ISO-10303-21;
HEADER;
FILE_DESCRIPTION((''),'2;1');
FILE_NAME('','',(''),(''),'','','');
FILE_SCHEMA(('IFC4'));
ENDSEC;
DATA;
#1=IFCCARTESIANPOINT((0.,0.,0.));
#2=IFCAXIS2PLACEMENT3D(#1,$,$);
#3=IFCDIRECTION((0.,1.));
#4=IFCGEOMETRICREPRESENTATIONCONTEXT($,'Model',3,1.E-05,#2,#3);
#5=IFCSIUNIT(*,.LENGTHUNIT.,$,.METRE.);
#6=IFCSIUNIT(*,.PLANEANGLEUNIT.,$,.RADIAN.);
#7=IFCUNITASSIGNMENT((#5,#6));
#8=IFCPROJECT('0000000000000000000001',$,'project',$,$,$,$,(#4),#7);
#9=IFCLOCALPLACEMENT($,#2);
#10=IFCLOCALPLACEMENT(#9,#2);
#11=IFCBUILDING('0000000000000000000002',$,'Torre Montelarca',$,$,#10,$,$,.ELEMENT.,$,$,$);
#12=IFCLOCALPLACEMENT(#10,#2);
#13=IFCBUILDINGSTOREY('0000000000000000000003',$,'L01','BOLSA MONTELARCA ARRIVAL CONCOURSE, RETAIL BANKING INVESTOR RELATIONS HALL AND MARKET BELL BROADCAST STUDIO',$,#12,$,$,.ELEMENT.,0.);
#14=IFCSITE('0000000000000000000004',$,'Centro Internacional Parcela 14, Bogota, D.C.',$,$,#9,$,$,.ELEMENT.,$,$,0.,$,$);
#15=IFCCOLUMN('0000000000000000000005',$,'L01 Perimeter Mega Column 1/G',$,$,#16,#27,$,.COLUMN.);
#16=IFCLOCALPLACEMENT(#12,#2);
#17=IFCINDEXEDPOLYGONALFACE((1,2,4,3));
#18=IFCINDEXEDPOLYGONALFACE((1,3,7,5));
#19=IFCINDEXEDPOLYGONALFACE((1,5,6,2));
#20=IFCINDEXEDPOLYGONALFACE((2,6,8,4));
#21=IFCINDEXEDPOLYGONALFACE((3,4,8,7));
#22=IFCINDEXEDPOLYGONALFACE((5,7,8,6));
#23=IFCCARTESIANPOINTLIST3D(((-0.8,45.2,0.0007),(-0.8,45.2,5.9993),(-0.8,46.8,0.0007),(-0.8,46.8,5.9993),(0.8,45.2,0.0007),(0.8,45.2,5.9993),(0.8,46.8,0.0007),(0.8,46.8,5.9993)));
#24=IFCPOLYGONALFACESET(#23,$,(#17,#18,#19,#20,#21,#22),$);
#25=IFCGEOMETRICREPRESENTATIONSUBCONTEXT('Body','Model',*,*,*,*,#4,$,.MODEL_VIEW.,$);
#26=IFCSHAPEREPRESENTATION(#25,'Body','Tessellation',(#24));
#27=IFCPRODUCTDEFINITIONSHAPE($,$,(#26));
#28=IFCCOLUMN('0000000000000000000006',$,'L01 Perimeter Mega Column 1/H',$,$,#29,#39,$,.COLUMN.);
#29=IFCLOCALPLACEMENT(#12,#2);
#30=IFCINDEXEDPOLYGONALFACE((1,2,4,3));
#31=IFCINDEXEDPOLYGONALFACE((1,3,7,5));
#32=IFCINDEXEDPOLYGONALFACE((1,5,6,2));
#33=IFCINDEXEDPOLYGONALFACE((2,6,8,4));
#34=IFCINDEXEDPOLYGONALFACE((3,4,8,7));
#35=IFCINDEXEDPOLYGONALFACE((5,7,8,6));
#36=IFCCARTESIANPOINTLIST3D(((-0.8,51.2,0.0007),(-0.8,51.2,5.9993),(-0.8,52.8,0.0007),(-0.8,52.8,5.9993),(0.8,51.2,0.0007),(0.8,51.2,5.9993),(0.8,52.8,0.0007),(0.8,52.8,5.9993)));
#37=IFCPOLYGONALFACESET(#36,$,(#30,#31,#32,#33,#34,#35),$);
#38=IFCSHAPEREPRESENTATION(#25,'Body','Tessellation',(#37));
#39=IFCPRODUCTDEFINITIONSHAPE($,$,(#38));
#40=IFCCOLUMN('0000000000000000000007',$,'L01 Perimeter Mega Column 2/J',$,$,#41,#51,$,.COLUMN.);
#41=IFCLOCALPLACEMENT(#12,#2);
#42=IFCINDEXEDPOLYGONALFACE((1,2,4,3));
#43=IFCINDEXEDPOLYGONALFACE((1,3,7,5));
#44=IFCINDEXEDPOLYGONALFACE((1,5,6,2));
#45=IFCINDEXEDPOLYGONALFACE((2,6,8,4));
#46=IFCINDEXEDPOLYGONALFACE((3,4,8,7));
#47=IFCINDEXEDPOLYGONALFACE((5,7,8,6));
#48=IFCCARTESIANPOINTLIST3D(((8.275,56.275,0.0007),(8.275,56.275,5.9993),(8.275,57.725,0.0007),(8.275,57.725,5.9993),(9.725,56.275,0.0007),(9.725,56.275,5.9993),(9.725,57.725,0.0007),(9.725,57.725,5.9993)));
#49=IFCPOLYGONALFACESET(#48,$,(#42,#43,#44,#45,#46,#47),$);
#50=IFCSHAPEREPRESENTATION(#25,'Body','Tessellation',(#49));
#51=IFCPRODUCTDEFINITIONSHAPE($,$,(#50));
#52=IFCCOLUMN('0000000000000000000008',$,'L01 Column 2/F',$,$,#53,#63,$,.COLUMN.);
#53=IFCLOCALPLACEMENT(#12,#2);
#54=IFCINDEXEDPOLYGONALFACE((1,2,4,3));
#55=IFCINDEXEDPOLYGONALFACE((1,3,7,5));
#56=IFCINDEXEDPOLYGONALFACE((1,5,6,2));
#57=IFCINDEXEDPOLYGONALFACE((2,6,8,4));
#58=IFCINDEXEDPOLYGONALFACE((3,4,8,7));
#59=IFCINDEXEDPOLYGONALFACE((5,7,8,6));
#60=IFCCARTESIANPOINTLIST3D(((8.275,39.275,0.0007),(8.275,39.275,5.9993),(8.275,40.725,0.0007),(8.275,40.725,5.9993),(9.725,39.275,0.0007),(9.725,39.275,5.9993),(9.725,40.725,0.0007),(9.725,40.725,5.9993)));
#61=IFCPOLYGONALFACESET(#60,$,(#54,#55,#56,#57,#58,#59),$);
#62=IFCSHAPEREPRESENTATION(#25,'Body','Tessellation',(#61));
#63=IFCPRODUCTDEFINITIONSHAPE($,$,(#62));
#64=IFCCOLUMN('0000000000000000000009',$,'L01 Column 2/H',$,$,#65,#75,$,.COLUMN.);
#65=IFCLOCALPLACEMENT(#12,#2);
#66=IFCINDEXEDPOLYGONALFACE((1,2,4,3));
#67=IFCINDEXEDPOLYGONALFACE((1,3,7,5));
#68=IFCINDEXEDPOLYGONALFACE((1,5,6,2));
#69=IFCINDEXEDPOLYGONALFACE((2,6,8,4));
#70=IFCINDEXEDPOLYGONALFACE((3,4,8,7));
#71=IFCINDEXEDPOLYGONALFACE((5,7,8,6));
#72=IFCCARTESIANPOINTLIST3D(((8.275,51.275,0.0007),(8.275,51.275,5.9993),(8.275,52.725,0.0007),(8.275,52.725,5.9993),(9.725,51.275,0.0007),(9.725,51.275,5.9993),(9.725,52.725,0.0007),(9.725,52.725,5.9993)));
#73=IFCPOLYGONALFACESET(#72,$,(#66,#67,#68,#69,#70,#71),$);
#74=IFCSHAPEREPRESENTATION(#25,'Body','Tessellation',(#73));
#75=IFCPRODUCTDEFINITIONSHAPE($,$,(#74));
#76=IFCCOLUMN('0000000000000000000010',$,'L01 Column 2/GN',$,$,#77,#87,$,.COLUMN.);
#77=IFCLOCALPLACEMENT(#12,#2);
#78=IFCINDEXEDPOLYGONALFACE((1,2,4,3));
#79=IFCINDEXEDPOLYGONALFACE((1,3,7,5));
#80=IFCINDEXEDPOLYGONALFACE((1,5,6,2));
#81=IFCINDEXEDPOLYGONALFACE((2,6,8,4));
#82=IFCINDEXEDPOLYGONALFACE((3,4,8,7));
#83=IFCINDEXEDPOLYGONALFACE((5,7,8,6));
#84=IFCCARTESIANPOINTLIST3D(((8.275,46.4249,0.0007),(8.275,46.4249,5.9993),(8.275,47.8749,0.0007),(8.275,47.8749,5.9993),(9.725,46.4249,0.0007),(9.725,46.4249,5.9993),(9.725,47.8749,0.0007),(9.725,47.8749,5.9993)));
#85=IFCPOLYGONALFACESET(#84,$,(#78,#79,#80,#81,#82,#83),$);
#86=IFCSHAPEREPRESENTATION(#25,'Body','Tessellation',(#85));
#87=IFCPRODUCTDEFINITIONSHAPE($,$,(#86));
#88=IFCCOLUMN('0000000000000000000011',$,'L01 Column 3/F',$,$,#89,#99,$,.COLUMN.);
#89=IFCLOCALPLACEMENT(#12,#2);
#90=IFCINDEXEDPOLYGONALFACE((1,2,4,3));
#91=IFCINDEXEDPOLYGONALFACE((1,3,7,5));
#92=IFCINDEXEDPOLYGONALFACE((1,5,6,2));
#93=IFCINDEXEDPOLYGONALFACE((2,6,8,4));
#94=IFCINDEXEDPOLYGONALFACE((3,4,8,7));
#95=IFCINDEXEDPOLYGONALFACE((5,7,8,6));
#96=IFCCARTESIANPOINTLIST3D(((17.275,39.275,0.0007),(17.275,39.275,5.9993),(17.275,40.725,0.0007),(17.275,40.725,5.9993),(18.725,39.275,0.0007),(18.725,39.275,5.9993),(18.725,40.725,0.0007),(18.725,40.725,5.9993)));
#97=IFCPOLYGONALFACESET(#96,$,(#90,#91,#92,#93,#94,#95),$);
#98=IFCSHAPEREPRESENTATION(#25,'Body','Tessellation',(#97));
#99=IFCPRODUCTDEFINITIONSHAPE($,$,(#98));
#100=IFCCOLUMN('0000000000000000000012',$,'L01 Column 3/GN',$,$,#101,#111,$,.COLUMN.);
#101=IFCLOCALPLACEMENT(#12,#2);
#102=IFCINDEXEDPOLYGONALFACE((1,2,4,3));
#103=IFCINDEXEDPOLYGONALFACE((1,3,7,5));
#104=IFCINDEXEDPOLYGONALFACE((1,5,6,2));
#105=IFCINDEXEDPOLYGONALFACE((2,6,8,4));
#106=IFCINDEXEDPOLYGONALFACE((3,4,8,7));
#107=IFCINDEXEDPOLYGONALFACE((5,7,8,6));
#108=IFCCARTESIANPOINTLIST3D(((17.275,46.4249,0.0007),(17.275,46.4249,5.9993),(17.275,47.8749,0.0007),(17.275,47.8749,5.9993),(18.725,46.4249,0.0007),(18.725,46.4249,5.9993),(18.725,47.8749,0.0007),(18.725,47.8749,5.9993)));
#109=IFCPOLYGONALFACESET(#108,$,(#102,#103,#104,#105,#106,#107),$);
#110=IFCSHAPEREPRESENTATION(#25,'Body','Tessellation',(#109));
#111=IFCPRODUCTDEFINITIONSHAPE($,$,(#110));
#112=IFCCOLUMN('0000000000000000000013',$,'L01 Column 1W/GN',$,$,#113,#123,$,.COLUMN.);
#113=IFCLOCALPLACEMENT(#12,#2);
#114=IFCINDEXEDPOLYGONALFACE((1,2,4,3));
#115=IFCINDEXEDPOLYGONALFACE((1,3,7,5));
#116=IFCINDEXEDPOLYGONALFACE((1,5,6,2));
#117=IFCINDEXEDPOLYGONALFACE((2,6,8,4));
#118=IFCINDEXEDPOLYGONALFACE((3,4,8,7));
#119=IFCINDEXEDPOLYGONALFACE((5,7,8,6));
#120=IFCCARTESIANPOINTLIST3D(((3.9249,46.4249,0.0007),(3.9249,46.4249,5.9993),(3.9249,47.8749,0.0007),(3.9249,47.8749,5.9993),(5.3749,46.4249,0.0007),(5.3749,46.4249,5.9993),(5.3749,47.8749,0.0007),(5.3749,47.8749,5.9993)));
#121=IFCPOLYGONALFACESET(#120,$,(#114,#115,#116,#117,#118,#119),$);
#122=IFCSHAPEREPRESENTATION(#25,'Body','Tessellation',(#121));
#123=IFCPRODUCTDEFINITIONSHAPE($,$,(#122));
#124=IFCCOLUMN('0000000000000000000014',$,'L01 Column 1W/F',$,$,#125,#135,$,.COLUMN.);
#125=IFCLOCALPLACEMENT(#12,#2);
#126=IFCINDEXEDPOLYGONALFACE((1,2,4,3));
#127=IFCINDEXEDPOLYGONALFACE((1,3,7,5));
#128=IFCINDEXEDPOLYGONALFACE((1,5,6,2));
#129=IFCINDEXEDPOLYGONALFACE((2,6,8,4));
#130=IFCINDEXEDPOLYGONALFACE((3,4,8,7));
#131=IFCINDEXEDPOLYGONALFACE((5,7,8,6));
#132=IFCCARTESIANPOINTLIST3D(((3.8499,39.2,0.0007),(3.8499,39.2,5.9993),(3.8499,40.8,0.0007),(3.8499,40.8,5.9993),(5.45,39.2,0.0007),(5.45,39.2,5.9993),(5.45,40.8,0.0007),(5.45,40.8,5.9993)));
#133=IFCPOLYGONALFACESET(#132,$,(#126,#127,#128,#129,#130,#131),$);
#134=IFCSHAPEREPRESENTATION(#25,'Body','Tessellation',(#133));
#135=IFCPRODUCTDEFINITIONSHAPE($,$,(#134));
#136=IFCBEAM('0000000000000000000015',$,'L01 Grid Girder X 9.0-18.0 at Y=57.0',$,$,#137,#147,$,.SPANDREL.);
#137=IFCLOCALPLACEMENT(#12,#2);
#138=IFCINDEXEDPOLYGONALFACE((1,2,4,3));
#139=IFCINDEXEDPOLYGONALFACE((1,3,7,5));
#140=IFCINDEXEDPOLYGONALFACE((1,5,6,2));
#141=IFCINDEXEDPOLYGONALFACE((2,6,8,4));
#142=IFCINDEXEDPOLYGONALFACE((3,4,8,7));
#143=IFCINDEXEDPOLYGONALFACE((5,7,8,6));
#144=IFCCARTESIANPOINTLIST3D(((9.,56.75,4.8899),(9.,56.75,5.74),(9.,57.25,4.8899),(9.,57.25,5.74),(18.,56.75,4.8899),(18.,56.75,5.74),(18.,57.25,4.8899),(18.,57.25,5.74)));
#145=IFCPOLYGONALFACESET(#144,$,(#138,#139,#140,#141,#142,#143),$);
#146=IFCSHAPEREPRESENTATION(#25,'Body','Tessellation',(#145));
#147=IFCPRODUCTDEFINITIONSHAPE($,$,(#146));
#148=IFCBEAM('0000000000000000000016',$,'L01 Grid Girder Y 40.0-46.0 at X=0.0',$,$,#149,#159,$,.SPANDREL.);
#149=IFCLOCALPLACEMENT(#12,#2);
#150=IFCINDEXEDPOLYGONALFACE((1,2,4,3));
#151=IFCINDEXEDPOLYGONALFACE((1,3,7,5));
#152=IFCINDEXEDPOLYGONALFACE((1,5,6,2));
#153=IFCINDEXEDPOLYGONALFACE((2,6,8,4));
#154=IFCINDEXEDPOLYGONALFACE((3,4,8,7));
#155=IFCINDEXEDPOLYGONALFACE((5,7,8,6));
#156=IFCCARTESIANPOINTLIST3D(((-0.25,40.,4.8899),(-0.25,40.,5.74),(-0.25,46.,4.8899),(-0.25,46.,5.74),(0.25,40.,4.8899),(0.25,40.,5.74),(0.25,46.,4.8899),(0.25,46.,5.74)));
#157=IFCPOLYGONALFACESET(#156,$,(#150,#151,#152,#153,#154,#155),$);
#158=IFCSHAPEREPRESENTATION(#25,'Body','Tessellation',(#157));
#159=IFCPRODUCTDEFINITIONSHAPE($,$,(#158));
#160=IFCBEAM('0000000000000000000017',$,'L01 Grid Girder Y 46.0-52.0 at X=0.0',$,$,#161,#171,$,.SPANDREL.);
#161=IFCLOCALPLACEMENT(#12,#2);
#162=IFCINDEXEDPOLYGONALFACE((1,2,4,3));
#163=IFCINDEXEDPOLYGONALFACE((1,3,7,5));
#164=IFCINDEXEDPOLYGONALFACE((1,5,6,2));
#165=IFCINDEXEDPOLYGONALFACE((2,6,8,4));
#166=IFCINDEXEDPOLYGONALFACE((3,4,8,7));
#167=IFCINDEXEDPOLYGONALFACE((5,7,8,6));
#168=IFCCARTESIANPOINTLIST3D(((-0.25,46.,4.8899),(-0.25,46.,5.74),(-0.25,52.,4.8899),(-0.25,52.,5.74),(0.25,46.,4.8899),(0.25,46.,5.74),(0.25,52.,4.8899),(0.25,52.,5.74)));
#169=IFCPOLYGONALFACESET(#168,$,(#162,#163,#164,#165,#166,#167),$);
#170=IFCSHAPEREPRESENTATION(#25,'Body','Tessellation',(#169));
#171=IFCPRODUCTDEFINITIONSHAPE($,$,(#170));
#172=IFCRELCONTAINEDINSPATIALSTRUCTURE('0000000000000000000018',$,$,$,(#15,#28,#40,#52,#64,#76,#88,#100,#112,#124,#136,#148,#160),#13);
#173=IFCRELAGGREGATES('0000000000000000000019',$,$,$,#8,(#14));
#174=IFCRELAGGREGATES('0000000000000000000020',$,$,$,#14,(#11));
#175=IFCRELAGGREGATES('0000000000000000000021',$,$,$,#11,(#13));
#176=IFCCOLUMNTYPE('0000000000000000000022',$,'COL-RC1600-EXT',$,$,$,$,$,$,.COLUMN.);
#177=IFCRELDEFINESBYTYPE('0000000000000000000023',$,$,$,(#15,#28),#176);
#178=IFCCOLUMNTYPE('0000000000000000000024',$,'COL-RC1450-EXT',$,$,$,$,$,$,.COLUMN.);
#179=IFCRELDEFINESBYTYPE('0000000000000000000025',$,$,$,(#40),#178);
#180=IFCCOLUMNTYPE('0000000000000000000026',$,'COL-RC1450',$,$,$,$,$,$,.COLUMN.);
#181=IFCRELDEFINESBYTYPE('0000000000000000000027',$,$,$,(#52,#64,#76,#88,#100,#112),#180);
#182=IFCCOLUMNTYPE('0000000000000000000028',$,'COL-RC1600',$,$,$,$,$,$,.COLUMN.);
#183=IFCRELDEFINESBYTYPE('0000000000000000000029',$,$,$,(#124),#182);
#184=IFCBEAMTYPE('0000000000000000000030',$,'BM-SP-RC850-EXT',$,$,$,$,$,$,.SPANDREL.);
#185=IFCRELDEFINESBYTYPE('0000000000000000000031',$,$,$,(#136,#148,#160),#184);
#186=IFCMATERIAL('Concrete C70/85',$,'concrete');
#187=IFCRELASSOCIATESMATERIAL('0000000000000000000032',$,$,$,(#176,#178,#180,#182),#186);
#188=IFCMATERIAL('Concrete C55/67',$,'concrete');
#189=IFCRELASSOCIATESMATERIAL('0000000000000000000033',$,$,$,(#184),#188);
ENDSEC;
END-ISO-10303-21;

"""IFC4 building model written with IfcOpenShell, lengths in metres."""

from ifc_helpers import new_model, si_unit, direction, frame, origin, origin_2d, place, context, subcontext, project, spatial, rectangle, extrude, source, transform, mapped, material, material_profile, profile_set, type_object, element, save


model = new_model("IFC4")

# Units and contexts
model_context = context("Model", 3, precision=1e-05, world=origin(), true_north=direction((0.0, 1.0)))
body_context = subcontext(model_context, "Body", "Model", "MODEL_VIEW")
ifc_project = project(units=[si_unit("LENGTHUNIT", "METRE"), si_unit("PLANEANGLEUNIT", "RADIAN")], contexts=[model_context])

# Site, building, storey
site_placement = place(None, origin())
site = spatial("IfcSite", under=ifc_project, at=site_placement, Name="Centro Internacional Parcela 14, Bogota, D.C.", CompositionType="ELEMENT", RefElevation=0.0)
building_placement = place(site_placement, origin())
building = spatial("IfcBuilding", under=site, at=building_placement, Name="Torre Montelarca", CompositionType="ELEMENT")
storey_placement = place(building_placement, origin())
storey = spatial("IfcBuildingStorey", under=building, at=storey_placement, Name="L01", Description="BOLSA MONTELARCA ARRIVAL CONCOURSE, RETAIL BANKING INVESTOR RELATIONS HALL AND MARKET BELL BROADCAST STUDIO", CompositionType="ELEMENT", Elevation=0.0)

# Columns
ifc_material_1 = material(Name="Concrete C70/85", Category="concrete")
ifc_material_profile_1 = material_profile(ifc_material_1, rectangle(XDim=1.6001, YDim=1.6001, at=origin_2d()), Name="RC1600X1600", Category="concrete")
ifc_profile_set_1 = profile_set([ifc_material_profile_1], Name="Concrete C70/85")
column_type_1 = type_object("IfcColumnType", Name="COL-RC1600-EXT", PredefinedType="COLUMN", material=ifc_profile_set_1)
shared_shape_1 = source(origin(), body_context, "Body", "SweptSolid", [
    extrude(rectangle(XDim=1.6001, YDim=1.6001, at=origin_2d()), origin(), (0.0, 0.0, 1.0), 5.9985),
])
for number, where, z_axis, x_axis, name in (
    (1, (0.0, 46.0, 0.0007), (0.0, 0.0, 1.0), (1.0, 0.0, 0.0), "L01 Perimeter Mega Column 1/G"),
    (2, (0.0, 52.0, 0.0007), (0.0, 0.0, 1.0), (1.0, 0.0, 0.0), "L01 Perimeter Mega Column 1/H"),
):
    element("IfcColumn", number, at=place(storey_placement, frame(where, z_axis=z_axis, x_axis=x_axis)), inside=storey, type_object=column_type_1, Name=name, PredefinedType="COLUMN", context=body_context, shape_type="MappedRepresentation", body=[
        mapped(shared_shape_1, transform((0.0, 0.0, 0.0), scale=1.0)),
    ])
ifc_material_profile_2 = material_profile(ifc_material_1, rectangle(XDim=1.45, YDim=1.45, at=origin_2d()), Name="RC1450X1450", Category="concrete")
ifc_profile_set_2 = profile_set([ifc_material_profile_2], Name="Concrete C70/85")
column_type_2 = type_object("IfcColumnType", Name="COL-RC1450-EXT", PredefinedType="COLUMN", material=ifc_profile_set_2)
shared_shape_2 = source(origin(), body_context, "Body", "SweptSolid", [
    extrude(rectangle(XDim=1.45, YDim=1.45, at=origin_2d()), origin(), (0.0, 0.0, 1.0), 5.9985),
])
column_1_placement = place(storey_placement, frame((9.0, 57.0, 0.0007), z_axis=(0.0, 0.0, 1.0), x_axis=(1.0, 0.0, 0.0)))
element("IfcColumn", 3, at=column_1_placement, inside=storey, type_object=column_type_2, Name="L01 Perimeter Mega Column 2/J", PredefinedType="COLUMN", context=body_context, shape_type="MappedRepresentation", body=[
    mapped(shared_shape_2, transform((0.0, 0.0, 0.0), scale=1.0)),
])
ifc_material_profile_3 = material_profile(ifc_material_1, rectangle(XDim=1.45, YDim=1.45, at=origin_2d()), Name="RC1450X1450", Category="concrete")
ifc_profile_set_3 = profile_set([ifc_material_profile_3], Name="Concrete C70/85")
column_type_3 = type_object("IfcColumnType", Name="COL-RC1450", PredefinedType="COLUMN", material=ifc_profile_set_3)
shared_shape_3 = source(origin(), body_context, "Body", "SweptSolid", [
    extrude(rectangle(XDim=1.45, YDim=1.45, at=origin_2d()), origin(), (0.0, 0.0, 1.0), 5.9985),
])
for number, where, z_axis, x_axis, name in (
    (4, (9.0, 40.0, 0.0007), (0.0, 0.0, 1.0), (1.0, 0.0, 0.0), "L01 Column 2/F"),
    (5, (9.0, 52.0, 0.0007), (0.0, 0.0, 1.0), (1.0, 0.0, 0.0), "L01 Column 2/H"),
    (6, (9.0, 47.1499, 0.0007), (0.0, 0.0, 1.0), (1.0, 0.0, 0.0), "L01 Column 2/GN"),
    (7, (18.0, 40.0, 0.0007), (0.0, 0.0, 1.0), (1.0, 0.0, 0.0), "L01 Column 3/F"),
    (8, (18.0, 47.1499, 0.0007), (0.0, 0.0, 1.0), (1.0, 0.0, 0.0), "L01 Column 3/GN"),
    (9, (4.6499, 47.1499, 0.0007), (0.0, 0.0, 1.0), (1.0, 0.0, 0.0), "L01 Column 1W/GN"),
):
    element("IfcColumn", number, at=place(storey_placement, frame(where, z_axis=z_axis, x_axis=x_axis)), inside=storey, type_object=column_type_3, Name=name, PredefinedType="COLUMN", context=body_context, shape_type="MappedRepresentation", body=[
        mapped(shared_shape_3, transform((0.0, 0.0, 0.0), scale=1.0)),
    ])
ifc_material_profile_4 = material_profile(ifc_material_1, rectangle(XDim=1.6001, YDim=1.6001, at=origin_2d()), Name="RC1600X1600", Category="concrete")
ifc_profile_set_4 = profile_set([ifc_material_profile_4], Name="Concrete C70/85")
column_type_4 = type_object("IfcColumnType", Name="COL-RC1600", PredefinedType="COLUMN", material=ifc_profile_set_4)
shared_shape_4 = source(origin(), body_context, "Body", "SweptSolid", [
    extrude(rectangle(XDim=1.6001, YDim=1.6001, at=origin_2d()), origin(), (0.0, 0.0, 1.0), 5.9985),
])
column_2_placement = place(storey_placement, frame((4.6499, 40.0, 0.0007), z_axis=(0.0, 0.0, 1.0), x_axis=(1.0, 0.0, 0.0)))
element("IfcColumn", 10, at=column_2_placement, inside=storey, type_object=column_type_4, Name="L01 Column 1W/F", PredefinedType="COLUMN", context=body_context, shape_type="MappedRepresentation", body=[
    mapped(shared_shape_4, transform((0.0, 0.0, 0.0), scale=1.0)),
])

# Beams
ifc_material_2 = material(Name="Concrete C55/67", Category="concrete")
ifc_material_profile_5 = material_profile(ifc_material_2, rectangle(XDim=0.5, YDim=0.8501, at=origin_2d()), Name="RCB500X850", Category="concrete")
ifc_profile_set_5 = profile_set([ifc_material_profile_5], Name="Concrete C55/67")
beam_type_1 = type_object("IfcBeamType", Name="BM-SP-RC850-EXT", PredefinedType="SPANDREL", material=ifc_profile_set_5)
shared_shape_5 = source(origin(), body_context, "Body", "SweptSolid", [
    extrude(rectangle(XDim=0.5, YDim=0.8501, at=origin_2d()), origin(), (0.0, 0.0, 1.0), 9.0),
])
beam_1_placement = place(storey_placement, frame((9.0, 57.0, 5.3149), z_axis=(1.0, 0.0, 0.0), x_axis=(0.0, 1.0, 0.0)))
element("IfcBeam", 11, at=beam_1_placement, inside=storey, type_object=beam_type_1, Name="L01 Grid Girder X 9.0-18.0 at Y=57.0", PredefinedType="SPANDREL", context=body_context, shape_type="MappedRepresentation", body=[
    mapped(shared_shape_5, transform((0.0, 0.0, 0.0), scale=1.0)),
])
shared_shape_6 = source(origin(), body_context, "Body", "SweptSolid", [
    extrude(rectangle(XDim=0.5, YDim=0.8501, at=origin_2d()), origin(), (0.0, 0.0, 1.0), 6.0),
])
for number, where, z_axis, x_axis, name in (
    (12, (0.0, 40.0, 5.3149), (0.0, 1.0, 0.0), (-1.0, 0.0, 0.0), "L01 Grid Girder Y 40.0-46.0 at X=0.0"),
    (13, (0.0, 46.0, 5.3149), (0.0, 1.0, 0.0), (-1.0, 0.0, 0.0), "L01 Grid Girder Y 46.0-52.0 at X=0.0"),
):
    element("IfcBeam", number, at=place(storey_placement, frame(where, z_axis=z_axis, x_axis=x_axis)), inside=storey, type_object=beam_type_1, Name=name, PredefinedType="SPANDREL", context=body_context, shape_type="MappedRepresentation", body=[
        mapped(shared_shape_6, transform((0.0, 0.0, 0.0), scale=1.0)),
    ])

save(model, "model.ifc")
